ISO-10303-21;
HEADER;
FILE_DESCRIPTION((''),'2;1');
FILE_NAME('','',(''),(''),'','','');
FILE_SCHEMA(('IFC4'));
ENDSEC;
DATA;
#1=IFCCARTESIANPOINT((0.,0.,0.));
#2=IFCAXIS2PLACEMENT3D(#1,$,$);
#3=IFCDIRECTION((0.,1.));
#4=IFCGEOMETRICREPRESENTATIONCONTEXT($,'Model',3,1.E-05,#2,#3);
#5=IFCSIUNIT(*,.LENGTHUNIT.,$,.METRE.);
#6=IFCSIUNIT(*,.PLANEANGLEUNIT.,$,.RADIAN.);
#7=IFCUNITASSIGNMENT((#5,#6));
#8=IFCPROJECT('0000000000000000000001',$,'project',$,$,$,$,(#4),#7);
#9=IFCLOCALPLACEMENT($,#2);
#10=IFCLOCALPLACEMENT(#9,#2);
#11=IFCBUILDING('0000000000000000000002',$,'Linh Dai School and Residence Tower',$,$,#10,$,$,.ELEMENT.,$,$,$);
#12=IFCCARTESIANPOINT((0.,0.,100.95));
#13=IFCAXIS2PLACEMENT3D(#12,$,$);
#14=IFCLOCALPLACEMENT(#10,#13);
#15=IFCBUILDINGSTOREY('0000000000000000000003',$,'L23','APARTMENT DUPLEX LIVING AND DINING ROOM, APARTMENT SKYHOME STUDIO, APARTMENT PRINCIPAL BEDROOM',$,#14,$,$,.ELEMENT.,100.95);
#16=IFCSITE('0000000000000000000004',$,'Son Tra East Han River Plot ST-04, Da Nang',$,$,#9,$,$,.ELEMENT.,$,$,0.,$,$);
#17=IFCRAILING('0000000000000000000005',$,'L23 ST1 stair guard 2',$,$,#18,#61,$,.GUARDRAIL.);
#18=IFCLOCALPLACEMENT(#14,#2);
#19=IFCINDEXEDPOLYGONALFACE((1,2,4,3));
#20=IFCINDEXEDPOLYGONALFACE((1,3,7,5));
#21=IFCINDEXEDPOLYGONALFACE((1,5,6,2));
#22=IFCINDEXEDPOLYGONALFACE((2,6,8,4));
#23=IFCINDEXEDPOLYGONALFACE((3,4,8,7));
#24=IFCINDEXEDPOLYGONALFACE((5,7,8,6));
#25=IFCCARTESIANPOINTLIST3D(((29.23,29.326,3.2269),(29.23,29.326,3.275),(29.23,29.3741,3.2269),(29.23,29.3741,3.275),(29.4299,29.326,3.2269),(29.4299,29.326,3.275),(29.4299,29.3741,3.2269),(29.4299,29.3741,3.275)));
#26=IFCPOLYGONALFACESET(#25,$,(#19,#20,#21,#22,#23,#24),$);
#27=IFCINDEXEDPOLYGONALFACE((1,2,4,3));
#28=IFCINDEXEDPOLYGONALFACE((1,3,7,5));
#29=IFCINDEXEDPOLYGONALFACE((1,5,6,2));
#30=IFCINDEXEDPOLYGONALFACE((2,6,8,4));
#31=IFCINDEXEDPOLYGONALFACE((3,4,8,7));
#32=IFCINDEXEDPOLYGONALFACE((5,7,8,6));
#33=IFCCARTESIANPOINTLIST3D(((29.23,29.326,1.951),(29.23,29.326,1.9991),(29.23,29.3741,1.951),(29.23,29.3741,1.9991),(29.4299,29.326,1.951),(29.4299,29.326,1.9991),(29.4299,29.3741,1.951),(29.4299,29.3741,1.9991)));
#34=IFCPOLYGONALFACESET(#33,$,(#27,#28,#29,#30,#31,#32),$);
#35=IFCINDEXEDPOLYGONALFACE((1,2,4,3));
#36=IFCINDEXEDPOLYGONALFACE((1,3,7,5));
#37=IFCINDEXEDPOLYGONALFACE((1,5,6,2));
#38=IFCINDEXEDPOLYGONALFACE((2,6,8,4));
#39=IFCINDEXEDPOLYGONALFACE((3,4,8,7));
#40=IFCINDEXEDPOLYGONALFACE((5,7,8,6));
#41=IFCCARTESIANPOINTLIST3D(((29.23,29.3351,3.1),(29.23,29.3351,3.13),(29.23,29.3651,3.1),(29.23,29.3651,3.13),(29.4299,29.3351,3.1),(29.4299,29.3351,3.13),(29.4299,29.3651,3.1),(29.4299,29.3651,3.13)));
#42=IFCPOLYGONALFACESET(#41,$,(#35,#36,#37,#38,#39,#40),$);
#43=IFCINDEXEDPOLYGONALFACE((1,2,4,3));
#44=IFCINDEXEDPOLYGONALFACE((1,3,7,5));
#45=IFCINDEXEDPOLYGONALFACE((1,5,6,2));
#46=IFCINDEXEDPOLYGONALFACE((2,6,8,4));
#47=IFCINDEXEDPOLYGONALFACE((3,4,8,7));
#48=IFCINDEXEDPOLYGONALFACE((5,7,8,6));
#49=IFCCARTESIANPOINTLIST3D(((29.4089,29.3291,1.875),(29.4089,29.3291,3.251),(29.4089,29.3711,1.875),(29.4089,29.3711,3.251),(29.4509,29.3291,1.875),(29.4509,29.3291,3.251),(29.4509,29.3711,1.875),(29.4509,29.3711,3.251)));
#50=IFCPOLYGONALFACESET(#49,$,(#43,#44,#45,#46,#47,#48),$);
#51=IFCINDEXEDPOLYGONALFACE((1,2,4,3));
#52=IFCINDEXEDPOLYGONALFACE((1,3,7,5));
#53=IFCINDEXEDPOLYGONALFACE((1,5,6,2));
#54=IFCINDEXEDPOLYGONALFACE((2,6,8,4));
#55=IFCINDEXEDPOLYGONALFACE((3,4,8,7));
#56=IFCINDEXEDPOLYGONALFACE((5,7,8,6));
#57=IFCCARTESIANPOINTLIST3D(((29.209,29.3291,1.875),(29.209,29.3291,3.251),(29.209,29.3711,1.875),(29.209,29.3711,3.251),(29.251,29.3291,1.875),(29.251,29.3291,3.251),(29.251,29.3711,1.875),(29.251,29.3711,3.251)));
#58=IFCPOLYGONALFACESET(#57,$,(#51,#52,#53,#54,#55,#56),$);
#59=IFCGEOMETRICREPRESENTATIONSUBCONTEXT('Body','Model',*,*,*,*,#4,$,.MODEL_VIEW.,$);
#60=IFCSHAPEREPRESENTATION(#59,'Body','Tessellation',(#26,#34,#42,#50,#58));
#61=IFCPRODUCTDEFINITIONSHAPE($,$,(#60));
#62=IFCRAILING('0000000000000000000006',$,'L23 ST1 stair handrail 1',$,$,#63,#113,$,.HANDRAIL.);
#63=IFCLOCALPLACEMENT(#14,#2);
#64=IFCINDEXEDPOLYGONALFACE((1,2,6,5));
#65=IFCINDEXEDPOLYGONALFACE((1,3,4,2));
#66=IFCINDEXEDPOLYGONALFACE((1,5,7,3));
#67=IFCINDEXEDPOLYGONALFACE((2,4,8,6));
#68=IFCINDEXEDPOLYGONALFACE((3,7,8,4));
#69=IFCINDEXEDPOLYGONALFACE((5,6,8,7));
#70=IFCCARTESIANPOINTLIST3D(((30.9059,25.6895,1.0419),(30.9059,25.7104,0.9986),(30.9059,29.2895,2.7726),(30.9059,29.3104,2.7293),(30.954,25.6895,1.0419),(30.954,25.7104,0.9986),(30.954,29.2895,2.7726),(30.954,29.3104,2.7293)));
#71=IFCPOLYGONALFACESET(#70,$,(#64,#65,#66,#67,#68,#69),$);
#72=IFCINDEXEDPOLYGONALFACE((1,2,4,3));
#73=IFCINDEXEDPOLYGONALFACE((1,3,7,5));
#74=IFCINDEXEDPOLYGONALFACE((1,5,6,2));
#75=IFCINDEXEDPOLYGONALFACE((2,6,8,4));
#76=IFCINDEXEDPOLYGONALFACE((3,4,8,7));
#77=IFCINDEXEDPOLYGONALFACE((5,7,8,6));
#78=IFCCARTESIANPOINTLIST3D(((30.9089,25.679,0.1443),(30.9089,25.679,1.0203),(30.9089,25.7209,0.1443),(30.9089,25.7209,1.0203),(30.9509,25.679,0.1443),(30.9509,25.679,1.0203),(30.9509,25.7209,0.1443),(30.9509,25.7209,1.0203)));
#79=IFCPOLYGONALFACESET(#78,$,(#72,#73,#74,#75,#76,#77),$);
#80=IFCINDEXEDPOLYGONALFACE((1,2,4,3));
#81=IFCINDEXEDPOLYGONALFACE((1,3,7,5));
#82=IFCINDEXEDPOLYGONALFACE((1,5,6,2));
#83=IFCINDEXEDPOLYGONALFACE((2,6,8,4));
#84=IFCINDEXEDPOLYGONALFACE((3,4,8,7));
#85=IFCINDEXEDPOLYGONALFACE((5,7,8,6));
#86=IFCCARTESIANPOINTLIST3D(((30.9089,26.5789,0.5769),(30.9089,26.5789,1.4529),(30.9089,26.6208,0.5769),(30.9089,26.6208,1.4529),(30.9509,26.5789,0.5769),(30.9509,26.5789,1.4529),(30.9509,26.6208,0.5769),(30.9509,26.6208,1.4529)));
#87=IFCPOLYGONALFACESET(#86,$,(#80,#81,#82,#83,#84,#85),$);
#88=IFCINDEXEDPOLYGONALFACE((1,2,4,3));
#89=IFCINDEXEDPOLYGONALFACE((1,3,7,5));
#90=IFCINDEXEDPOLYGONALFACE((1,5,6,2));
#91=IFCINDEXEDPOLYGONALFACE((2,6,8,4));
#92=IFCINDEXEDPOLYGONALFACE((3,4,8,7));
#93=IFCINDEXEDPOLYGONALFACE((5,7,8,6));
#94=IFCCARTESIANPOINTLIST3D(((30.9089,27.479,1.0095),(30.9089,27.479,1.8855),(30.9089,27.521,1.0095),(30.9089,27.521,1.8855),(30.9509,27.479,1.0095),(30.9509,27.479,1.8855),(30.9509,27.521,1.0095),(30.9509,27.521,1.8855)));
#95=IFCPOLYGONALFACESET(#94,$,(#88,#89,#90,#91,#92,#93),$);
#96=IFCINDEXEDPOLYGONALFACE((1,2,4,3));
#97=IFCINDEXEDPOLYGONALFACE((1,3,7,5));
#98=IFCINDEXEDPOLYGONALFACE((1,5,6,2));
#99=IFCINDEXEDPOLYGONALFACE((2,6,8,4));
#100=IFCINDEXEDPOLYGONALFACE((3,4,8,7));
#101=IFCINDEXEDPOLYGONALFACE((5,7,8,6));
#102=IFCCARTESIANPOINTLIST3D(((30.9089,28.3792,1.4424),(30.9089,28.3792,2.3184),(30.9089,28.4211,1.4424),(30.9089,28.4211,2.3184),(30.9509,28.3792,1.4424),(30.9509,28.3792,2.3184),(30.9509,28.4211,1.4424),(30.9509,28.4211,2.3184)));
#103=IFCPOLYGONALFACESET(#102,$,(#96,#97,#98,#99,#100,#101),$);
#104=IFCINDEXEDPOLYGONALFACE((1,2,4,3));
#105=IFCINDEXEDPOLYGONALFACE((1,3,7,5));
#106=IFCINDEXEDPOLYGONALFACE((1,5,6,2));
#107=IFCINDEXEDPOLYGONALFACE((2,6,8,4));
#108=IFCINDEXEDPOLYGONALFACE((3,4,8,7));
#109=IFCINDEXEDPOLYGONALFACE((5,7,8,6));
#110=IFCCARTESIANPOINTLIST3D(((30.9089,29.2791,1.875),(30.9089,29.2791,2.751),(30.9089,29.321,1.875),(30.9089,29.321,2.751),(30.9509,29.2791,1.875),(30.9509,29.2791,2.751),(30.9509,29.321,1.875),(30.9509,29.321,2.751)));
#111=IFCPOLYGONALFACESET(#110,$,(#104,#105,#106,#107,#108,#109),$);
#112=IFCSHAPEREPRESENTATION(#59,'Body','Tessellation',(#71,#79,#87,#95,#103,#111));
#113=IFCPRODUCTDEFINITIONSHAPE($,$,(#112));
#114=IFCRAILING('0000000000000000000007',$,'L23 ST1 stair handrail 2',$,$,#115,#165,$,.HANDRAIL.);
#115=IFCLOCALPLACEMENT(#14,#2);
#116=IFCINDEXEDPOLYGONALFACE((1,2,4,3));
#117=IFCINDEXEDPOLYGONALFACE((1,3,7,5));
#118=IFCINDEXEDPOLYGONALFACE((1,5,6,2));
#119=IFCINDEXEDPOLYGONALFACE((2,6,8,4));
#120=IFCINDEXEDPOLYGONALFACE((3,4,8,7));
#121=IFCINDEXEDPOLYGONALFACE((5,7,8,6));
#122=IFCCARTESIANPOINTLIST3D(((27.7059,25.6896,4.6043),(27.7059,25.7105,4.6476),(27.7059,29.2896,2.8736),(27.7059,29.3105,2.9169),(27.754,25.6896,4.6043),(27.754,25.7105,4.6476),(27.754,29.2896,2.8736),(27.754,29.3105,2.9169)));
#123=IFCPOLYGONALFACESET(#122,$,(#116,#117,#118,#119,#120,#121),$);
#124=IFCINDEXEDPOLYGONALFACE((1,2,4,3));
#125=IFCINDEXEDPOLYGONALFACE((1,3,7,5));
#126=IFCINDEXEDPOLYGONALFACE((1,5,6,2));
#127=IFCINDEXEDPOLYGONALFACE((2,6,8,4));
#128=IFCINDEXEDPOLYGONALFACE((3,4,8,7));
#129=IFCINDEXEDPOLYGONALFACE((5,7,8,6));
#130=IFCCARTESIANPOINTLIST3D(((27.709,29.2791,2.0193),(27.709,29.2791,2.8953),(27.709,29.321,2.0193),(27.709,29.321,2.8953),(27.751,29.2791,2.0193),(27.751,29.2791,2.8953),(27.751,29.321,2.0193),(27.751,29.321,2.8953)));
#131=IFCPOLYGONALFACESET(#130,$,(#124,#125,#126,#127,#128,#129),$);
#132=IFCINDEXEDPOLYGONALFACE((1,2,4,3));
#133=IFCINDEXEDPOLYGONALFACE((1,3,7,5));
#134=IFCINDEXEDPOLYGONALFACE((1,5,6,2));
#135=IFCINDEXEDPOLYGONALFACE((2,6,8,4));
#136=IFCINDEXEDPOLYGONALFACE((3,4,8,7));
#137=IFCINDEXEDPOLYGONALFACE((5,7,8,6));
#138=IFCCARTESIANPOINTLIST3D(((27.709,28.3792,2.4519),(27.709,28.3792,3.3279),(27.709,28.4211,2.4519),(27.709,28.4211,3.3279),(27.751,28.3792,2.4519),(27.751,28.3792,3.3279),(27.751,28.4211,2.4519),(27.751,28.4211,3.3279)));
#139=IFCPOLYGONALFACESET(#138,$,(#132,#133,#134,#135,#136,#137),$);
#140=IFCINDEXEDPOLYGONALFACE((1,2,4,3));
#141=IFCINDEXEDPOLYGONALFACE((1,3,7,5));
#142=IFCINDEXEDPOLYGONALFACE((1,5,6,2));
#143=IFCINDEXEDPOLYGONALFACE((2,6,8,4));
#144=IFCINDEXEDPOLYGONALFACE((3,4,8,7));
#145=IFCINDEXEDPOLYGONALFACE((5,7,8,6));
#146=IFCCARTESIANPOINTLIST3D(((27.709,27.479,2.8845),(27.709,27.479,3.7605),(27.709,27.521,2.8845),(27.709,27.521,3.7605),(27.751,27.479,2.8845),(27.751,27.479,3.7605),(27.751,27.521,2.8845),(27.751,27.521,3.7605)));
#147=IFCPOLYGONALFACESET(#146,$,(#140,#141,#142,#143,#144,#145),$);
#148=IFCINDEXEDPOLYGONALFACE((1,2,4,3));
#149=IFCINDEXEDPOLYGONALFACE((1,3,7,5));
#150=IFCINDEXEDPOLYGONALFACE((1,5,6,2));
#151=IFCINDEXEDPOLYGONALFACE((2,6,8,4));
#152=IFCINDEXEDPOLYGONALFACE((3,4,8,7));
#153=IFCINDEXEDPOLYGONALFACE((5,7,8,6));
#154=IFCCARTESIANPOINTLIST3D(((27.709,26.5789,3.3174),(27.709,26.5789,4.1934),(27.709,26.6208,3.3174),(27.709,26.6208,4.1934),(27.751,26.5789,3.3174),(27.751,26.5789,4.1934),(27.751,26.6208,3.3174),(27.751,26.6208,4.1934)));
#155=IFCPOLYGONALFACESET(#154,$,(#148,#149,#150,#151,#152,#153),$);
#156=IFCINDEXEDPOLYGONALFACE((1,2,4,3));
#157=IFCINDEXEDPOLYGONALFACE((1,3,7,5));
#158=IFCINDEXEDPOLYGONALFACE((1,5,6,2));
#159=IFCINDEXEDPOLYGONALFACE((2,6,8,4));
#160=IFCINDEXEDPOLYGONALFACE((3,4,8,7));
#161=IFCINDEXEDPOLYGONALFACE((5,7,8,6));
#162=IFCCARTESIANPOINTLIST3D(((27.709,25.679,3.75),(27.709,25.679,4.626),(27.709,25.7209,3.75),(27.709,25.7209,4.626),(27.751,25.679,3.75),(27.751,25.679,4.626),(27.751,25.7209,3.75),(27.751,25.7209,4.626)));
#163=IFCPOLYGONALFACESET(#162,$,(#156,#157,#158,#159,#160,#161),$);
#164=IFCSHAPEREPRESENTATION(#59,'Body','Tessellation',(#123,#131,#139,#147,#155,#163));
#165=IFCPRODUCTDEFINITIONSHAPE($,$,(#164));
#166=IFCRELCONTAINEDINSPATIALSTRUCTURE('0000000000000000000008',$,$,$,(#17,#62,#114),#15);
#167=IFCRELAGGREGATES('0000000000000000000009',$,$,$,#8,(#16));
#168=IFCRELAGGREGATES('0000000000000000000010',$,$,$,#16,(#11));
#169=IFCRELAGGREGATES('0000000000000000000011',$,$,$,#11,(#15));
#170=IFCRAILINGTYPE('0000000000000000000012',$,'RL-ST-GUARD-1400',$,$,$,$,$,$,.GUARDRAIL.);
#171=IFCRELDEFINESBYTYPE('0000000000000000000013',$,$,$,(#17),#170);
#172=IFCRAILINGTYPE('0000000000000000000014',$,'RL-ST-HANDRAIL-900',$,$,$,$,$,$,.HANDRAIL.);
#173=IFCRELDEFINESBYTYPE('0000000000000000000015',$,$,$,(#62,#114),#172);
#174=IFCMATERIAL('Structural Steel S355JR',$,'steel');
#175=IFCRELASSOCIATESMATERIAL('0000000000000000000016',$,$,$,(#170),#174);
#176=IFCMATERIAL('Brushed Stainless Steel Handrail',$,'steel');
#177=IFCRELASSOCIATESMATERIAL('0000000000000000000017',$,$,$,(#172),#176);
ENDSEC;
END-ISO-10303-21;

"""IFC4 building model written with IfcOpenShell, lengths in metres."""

from ifc_helpers import new_model, si_unit, direction, frame, origin, origin_2d, place, context, subcontext, project, spatial, rectangle, extrude, source, transform, mapped, material, type_object, element, save


model = new_model("IFC4")

# Units and contexts
model_context = context("Model", 3, precision=1e-05, world=origin(), true_north=direction((0.0, 1.0)))
body_context = subcontext(model_context, "Body", "Model", "MODEL_VIEW")
ifc_project = project(units=[si_unit("LENGTHUNIT", "METRE"), si_unit("PLANEANGLEUNIT", "RADIAN")], contexts=[model_context])

# Site, building, storey
site_placement = place(None, origin())
site = spatial("IfcSite", under=ifc_project, at=site_placement, Name="Son Tra East Han River Plot ST-04, Da Nang", CompositionType="ELEMENT", RefElevation=0.0)
building_placement = place(site_placement, origin())
building = spatial("IfcBuilding", under=site, at=building_placement, Name="Linh Dai School and Residence Tower", CompositionType="ELEMENT")
storey_placement = place(building_placement, frame((0.0, 0.0, 100.95)))
storey = spatial("IfcBuildingStorey", under=building, at=storey_placement, Name="L23", Description="APARTMENT DUPLEX LIVING AND DINING ROOM, APARTMENT SKYHOME STUDIO, APARTMENT PRINCIPAL BEDROOM", CompositionType="ELEMENT", Elevation=100.95)

# Shared definitions
ifc_material_1 = material(Name="Structural Steel S355JR", Category="steel")

# Railings
railing_type_1 = type_object("IfcRailingType", Name="RL-ST-GUARD-1400", PredefinedType="GUARDRAIL", material=ifc_material_1)
shared_shape_1 = source(origin(), body_context, "Body", "SweptSolid", [
    extrude(rectangle(XDim=0.0481, YDim=0.0481, at=origin_2d()), frame((0.0, 0.0, 1.376), z_axis=(-1.0, 0.0, 0.0), x_axis=(0.0, -1.0, 0.0)), (0.0, 0.0, 1.0), 0.2),
    extrude(rectangle(XDim=0.0481, YDim=0.0481, at=origin_2d()), frame((0.0, 0.0, 0.1001), z_axis=(-1.0, 0.0, 0.0), x_axis=(0.0, -1.0, 0.0)), (0.0, 0.0, 1.0), 0.2),
    extrude(rectangle(XDim=0.03, YDim=0.03, at=origin_2d()), frame((0.0, 0.0, 1.24), z_axis=(-1.0, 0.0, 0.0), x_axis=(0.0, -1.0, 0.0)), (0.0, 0.0, 1.0), 0.2),
    extrude(rectangle(XDim=0.042, YDim=0.042, at=origin_2d()), origin(), (0.0, 0.0, 1.0), 1.376),
    extrude(rectangle(XDim=0.042, YDim=0.042, at=origin_2d()), frame((-0.2, 0.0, 0.0)), (0.0, 0.0, 1.0), 1.376),
])
railing_1_placement = place(storey_placement, frame((29.4299, 29.3501, 1.875)))
element("IfcRailing", 1, at=railing_1_placement, inside=storey, type_object=railing_type_1, Name="L23 ST1 stair guard 2", PredefinedType="GUARDRAIL", context=body_context, shape_type="MappedRepresentation", body=[
    mapped(shared_shape_1, transform((0.0, 0.0, 0.0), x_axis=(1.0, 0.0, 0.0), y_axis=(0.0, 1.0, 0.0), z_axis=(0.0, 0.0, 1.0), scale=1.0)),
])
ifc_material_2 = material(Name="Brushed Stainless Steel Handrail", Category="steel")
railing_type_2 = type_object("IfcRailingType", Name="RL-ST-HANDRAIL-900", PredefinedType="HANDRAIL", material=ifc_material_2)
shared_shape_2 = source(origin(), body_context, "Body", "SweptSolid", [
    extrude(rectangle(XDim=0.0481, YDim=0.0481, at=origin_2d()), frame((0.0, 0.0, 0.876), z_axis=(0.0, 0.901263, 0.433273), x_axis=(-1.0, 0.0, 0.0)), (0.0, 0.0, 1.0), 3.9944),
    extrude(rectangle(XDim=0.042, YDim=0.042, at=origin_2d()), origin(), (0.0, 0.0, 1.0), 0.876),
    extrude(rectangle(XDim=0.042, YDim=0.042, at=origin_2d()), frame((0.0, 0.8999, 0.4326)), (0.0, 0.0, 1.0), 0.876),
    extrude(rectangle(XDim=0.042, YDim=0.042, at=origin_2d()), frame((0.0, 1.8, 0.8652)), (0.0, 0.0, 1.0), 0.876),
    extrude(rectangle(XDim=0.042, YDim=0.042, at=origin_2d()), frame((0.0, 2.7002, 1.2981)), (0.0, 0.0, 1.0), 0.876),
    extrude(rectangle(XDim=0.042, YDim=0.042, at=origin_2d()), frame((0.0, 3.6001, 1.7307)), (0.0, 0.0, 1.0), 0.876),
])
railing_2_placement = place(storey_placement, frame((30.9299, 25.7, 0.1443)))
element("IfcRailing", 2, at=railing_2_placement, inside=storey, type_object=railing_type_2, Name="L23 ST1 stair handrail 1", PredefinedType="HANDRAIL", context=body_context, shape_type="MappedRepresentation", body=[
    mapped(shared_shape_2, transform((0.0, 0.0, 0.0), x_axis=(1.0, 0.0, 0.0), y_axis=(0.0, 1.0, 0.0), z_axis=(0.0, 0.0, 1.0), scale=1.0)),
])
shared_shape_3 = source(origin(), body_context, "Body", "SweptSolid", [
    extrude(rectangle(XDim=0.0481, YDim=0.0481, at=origin_2d()), frame((0.0, 0.0, 0.876), z_axis=(0.0, -0.901263, 0.433273), x_axis=(1.0, 0.0, 0.0)), (0.0, 0.0, 1.0), 3.9944),
    extrude(rectangle(XDim=0.042, YDim=0.042, at=origin_2d()), origin(), (0.0, 0.0, 1.0), 0.876),
    extrude(rectangle(XDim=0.042, YDim=0.042, at=origin_2d()), frame((0.0, -0.8999, 0.4326)), (0.0, 0.0, 1.0), 0.876),
    extrude(rectangle(XDim=0.042, YDim=0.042, at=origin_2d()), frame((0.0, -1.8, 0.8652)), (0.0, 0.0, 1.0), 0.876),
    extrude(rectangle(XDim=0.042, YDim=0.042, at=origin_2d()), frame((0.0, -2.7002, 1.2981)), (0.0, 0.0, 1.0), 0.876),
    extrude(rectangle(XDim=0.042, YDim=0.042, at=origin_2d()), frame((0.0, -3.6001, 1.7307)), (0.0, 0.0, 1.0), 0.876),
])
railing_3_placement = place(storey_placement, frame((27.73, 29.3, 2.0193)))
element("IfcRailing", 3, at=railing_3_placement, inside=storey, type_object=railing_type_2, Name="L23 ST1 stair handrail 2", PredefinedType="HANDRAIL", context=body_context, shape_type="MappedRepresentation", body=[
    mapped(shared_shape_3, transform((0.0, 0.0, 0.0), x_axis=(1.0, 0.0, 0.0), y_axis=(0.0, 1.0, 0.0), z_axis=(0.0, 0.0, 1.0), scale=1.0)),
])

save(model, "model.ifc")
